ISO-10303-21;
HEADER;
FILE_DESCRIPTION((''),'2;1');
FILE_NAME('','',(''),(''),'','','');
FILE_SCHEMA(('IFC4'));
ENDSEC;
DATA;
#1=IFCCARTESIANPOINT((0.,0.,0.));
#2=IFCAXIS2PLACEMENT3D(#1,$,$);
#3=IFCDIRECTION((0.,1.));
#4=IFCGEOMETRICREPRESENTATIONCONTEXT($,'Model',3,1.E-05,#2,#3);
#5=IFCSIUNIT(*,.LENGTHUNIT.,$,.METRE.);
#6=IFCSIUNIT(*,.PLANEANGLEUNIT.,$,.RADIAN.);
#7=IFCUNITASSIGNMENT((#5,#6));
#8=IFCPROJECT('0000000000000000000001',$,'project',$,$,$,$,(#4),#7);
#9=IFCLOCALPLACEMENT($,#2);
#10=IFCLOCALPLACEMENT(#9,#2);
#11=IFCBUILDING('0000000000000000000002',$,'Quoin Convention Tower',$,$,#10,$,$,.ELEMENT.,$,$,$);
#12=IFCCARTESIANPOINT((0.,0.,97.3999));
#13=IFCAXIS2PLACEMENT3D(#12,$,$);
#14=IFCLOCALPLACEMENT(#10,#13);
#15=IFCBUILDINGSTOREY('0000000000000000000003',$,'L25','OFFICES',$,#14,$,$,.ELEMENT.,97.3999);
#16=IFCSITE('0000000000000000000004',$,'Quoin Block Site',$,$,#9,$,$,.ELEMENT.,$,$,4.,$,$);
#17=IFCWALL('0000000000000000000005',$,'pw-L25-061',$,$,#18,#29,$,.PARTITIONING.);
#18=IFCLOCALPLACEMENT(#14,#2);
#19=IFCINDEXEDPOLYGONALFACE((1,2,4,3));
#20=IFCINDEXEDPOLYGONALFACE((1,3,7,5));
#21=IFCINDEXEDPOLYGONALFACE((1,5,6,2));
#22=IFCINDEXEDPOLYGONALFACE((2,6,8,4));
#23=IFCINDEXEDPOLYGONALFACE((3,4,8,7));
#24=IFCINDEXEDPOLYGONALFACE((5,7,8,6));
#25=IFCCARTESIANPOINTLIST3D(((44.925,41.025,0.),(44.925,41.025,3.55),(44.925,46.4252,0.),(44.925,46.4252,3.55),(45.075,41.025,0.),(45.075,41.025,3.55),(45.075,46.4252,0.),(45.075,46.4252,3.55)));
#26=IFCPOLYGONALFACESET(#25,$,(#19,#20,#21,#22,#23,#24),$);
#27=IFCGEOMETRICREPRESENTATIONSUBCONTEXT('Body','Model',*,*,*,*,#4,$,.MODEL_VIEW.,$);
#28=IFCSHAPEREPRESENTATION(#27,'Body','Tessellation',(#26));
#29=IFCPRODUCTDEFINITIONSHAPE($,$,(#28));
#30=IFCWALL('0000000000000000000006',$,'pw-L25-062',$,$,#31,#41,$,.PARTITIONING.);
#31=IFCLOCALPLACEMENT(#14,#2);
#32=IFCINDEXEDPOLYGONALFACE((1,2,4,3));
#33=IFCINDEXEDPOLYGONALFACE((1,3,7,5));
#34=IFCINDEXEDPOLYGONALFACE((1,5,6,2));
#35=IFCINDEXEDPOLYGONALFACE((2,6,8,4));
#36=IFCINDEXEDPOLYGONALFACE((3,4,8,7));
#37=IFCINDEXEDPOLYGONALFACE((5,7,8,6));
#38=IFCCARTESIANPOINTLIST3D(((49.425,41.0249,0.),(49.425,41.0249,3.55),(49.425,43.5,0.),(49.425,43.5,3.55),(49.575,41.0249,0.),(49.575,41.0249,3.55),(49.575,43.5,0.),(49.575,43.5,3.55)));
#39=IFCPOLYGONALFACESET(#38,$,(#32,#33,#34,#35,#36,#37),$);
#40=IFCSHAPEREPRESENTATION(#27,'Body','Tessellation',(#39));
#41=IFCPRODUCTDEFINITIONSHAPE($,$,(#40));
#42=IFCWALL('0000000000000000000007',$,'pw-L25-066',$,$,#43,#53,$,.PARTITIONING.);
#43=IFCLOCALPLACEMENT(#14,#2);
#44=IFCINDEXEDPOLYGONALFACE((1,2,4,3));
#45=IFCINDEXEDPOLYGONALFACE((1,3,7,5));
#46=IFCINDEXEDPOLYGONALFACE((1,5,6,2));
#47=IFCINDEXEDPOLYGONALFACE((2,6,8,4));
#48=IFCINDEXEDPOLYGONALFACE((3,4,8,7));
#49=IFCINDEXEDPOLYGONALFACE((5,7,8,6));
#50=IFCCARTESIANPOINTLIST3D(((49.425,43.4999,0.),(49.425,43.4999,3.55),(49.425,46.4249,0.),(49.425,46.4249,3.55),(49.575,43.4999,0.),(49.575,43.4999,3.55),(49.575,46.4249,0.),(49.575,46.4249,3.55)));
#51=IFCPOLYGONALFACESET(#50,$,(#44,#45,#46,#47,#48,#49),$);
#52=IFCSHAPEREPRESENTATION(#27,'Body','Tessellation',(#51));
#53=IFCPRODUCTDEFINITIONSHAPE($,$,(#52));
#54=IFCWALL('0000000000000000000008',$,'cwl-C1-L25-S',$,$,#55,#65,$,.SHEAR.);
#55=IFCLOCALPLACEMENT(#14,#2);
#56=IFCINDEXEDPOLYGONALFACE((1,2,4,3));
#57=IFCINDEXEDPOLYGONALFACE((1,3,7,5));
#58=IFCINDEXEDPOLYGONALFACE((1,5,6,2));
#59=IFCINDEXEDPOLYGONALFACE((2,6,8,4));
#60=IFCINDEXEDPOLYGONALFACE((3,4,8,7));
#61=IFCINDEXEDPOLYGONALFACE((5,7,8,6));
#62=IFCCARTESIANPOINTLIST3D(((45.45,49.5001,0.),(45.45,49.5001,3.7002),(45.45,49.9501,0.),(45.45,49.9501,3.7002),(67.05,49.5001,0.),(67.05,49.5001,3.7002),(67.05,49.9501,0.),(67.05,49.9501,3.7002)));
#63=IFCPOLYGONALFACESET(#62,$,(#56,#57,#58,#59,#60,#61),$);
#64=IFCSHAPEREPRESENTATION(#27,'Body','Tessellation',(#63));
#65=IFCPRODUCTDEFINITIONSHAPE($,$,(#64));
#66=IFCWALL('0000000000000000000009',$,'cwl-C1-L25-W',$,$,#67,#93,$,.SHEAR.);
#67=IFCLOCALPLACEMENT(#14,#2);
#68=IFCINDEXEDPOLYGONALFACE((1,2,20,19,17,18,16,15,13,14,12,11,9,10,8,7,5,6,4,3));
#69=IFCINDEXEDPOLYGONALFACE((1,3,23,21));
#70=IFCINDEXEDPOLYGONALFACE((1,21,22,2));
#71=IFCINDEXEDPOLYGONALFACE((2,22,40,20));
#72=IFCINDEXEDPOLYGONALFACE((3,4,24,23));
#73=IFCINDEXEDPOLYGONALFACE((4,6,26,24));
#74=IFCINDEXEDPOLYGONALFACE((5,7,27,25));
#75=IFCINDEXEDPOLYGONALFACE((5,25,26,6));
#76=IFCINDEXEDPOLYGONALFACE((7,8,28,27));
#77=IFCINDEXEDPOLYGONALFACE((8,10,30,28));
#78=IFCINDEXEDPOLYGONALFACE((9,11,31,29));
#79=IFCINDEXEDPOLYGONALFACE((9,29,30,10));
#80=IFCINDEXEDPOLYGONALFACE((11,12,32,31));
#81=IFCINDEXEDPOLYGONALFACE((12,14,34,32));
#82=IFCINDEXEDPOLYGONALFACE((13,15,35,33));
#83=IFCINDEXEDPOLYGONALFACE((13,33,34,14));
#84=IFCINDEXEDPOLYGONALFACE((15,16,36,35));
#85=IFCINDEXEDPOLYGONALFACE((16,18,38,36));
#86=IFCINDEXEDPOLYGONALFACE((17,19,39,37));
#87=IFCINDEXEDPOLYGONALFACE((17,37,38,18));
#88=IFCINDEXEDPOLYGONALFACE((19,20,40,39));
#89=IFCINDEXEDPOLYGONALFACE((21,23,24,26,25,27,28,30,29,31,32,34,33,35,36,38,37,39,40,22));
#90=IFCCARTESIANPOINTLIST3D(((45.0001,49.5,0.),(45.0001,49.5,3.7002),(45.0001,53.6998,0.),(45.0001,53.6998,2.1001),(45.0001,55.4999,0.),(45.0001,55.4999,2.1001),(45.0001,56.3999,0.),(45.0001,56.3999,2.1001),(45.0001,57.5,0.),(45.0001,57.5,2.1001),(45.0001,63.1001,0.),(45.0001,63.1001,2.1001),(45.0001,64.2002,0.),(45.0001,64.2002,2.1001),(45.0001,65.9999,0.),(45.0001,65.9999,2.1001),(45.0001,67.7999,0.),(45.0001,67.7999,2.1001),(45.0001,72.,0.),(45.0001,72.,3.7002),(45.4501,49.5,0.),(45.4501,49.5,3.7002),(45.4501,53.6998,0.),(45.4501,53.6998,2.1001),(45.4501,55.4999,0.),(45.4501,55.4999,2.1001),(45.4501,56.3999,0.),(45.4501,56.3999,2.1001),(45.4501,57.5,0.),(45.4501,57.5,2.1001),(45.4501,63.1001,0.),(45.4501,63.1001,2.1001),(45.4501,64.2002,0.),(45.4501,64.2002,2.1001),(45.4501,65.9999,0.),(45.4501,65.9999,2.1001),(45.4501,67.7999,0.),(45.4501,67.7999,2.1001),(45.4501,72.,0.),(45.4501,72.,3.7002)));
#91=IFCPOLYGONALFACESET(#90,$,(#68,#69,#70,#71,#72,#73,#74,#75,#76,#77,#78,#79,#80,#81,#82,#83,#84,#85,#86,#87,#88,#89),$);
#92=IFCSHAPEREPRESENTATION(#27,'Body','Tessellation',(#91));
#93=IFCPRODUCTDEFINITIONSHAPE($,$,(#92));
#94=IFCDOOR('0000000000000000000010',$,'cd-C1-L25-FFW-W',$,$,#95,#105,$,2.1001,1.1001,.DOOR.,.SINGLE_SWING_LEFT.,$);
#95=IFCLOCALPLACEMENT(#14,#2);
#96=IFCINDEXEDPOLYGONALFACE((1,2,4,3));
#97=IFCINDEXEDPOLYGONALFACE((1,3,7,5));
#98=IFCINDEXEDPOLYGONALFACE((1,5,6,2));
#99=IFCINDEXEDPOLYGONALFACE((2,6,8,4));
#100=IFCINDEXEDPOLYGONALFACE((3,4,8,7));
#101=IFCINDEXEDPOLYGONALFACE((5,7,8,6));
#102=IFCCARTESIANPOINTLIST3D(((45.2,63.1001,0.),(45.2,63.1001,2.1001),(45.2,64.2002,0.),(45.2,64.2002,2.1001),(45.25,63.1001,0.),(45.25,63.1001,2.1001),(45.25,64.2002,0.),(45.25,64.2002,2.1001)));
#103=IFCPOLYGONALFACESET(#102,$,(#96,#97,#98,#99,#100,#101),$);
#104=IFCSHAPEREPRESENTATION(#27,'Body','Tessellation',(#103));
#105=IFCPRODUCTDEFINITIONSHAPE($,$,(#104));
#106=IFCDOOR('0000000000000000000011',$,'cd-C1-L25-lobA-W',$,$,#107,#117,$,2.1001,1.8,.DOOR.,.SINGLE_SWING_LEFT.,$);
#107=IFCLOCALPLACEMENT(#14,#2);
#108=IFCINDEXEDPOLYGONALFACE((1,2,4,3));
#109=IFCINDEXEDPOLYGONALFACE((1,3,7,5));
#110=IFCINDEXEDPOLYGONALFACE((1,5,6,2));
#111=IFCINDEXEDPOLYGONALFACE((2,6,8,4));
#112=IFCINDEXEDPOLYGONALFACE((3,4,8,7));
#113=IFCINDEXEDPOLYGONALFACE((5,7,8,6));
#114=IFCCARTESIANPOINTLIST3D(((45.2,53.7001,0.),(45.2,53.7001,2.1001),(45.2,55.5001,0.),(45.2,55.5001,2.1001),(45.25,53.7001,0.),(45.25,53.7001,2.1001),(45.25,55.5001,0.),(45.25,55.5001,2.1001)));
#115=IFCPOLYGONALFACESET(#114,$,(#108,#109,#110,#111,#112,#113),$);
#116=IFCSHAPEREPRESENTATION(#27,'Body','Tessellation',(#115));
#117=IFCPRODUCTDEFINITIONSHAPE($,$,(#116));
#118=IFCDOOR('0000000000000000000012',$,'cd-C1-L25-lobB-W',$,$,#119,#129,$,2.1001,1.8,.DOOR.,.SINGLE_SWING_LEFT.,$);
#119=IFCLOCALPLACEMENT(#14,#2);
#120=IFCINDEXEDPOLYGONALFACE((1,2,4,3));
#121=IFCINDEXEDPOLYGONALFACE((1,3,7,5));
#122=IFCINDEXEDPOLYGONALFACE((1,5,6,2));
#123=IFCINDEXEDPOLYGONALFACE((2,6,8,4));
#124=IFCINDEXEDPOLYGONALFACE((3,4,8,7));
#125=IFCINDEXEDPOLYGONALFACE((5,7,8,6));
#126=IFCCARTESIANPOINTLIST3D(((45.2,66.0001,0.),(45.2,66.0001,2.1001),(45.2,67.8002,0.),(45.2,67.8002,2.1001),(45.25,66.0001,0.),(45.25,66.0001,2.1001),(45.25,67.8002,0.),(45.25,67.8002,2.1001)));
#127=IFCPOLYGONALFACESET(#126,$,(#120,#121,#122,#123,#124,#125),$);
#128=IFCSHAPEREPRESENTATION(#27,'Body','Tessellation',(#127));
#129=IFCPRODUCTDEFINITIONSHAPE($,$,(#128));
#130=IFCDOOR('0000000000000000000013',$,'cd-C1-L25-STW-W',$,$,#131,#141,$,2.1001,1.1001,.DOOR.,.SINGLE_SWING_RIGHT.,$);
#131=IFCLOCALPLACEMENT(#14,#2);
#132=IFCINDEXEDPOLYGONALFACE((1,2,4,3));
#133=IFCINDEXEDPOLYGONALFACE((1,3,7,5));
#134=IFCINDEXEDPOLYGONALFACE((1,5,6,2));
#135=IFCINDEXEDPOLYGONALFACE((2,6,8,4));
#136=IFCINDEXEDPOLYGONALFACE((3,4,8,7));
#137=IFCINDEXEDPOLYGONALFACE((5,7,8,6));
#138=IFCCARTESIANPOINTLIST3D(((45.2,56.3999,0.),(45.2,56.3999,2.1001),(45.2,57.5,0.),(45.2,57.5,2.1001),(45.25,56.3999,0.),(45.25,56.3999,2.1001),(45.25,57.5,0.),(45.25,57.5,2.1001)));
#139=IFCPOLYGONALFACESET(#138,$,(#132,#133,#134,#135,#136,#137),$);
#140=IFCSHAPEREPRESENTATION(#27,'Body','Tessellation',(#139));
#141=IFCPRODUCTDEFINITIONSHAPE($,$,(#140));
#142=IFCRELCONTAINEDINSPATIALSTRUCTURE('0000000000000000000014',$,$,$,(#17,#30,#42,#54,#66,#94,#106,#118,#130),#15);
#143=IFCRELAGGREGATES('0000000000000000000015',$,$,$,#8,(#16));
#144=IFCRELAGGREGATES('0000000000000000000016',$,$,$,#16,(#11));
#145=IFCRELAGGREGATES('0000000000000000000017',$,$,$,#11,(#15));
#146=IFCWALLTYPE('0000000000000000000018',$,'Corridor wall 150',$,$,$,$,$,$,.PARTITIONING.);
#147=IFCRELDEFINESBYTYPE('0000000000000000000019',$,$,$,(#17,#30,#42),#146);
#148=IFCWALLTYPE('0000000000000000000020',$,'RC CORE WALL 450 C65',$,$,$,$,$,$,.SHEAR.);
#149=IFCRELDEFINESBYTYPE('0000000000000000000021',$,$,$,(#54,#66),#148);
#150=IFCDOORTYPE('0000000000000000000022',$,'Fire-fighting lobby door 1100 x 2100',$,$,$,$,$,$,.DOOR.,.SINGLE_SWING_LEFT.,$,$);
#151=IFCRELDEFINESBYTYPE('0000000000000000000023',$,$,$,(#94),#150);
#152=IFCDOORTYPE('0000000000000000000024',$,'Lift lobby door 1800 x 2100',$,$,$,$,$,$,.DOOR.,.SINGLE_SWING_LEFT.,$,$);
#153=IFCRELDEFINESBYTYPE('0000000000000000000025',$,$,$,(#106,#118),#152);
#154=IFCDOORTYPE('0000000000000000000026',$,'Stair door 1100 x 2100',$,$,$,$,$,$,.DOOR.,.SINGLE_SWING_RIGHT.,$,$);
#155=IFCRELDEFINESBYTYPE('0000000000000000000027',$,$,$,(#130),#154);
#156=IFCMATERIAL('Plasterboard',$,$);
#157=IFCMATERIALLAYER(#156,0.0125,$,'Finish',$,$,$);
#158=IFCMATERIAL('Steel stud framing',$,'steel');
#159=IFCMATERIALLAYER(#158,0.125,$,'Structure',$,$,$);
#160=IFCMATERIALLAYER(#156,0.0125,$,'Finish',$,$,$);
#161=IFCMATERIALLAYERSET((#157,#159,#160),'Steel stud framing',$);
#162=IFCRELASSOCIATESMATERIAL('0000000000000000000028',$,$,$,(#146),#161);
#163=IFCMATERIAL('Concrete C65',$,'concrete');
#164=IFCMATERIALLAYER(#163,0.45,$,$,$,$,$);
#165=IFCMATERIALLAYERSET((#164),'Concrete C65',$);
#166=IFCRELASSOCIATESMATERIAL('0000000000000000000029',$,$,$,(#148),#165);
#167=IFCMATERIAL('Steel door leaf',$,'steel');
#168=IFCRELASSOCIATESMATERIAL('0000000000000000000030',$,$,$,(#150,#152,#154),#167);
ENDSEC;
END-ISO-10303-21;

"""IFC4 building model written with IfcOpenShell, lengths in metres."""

from ifc_helpers import new_model, si_unit, direction, frame, frame_2d, origin, place, context, subcontext, project, spatial, rectangle, extrude, material, layer, layer_set, type_object, element, fill, save


model = new_model("IFC4")

# Units and contexts
model_context = context("Model", 3, precision=1e-05, world=origin(), true_north=direction((0.0, 1.0)))
body_context = subcontext(model_context, "Body", "Model", "MODEL_VIEW")
ifc_project = project(units=[si_unit("LENGTHUNIT", "METRE"), si_unit("PLANEANGLEUNIT", "RADIAN")], contexts=[model_context])

# Site, building, storey
site_placement = place(None, origin())
site = spatial("IfcSite", under=ifc_project, at=site_placement, Name="Quoin Block Site", CompositionType="ELEMENT", RefElevation=4.0)
building_placement = place(site_placement, origin())
building = spatial("IfcBuilding", under=site, at=building_placement, Name="Quoin Convention Tower", CompositionType="ELEMENT")
storey_placement = place(building_placement, frame((0.0, 0.0, 97.3999)))
storey = spatial("IfcBuildingStorey", under=building, at=storey_placement, Name="L25", Description="OFFICES", CompositionType="ELEMENT", Elevation=97.3999)

# Shared definitions
ifc_material_1 = material(Name="Concrete C65", Category="concrete")

# Shared definitions
ifc_material_2 = material(Name="Plasterboard")
ifc_material_3 = material(Name="Steel stud framing", Category="steel")

# Shared definitions
ifc_layer_1 = layer(ifc_material_2, 0.0125, Name="Finish")
ifc_layer_2 = layer(ifc_material_3, 0.125, Name="Structure")
ifc_layer_3 = layer(ifc_material_2, 0.0125, Name="Finish")
ifc_layer_set_1 = layer_set([ifc_layer_1, ifc_layer_2, ifc_layer_3], Name="Steel stud framing")
wall_type_1 = type_object("IfcWallType", Name="Corridor wall 150", PredefinedType="PARTITIONING", material=ifc_layer_set_1)
ifc_material_4 = material(Name="Steel door leaf", Category="steel")

# Walls
wall_1_placement = place(storey_placement, frame((45.0, 41.0249, 0.0), z_axis=(0.0, 0.0, 1.0), x_axis=(0.0, 1.0, 0.0)))
element("IfcWall", 1, at=wall_1_placement, inside=storey, type_object=wall_type_1, Name="pw-L25-061", PredefinedType="PARTITIONING", context=body_context, shape_type="SweptSolid", body=[
    extrude(rectangle(XDim=5.4001, YDim=0.1499, at=frame_2d((2.7002, 0.0))), origin(), (0.0, 0.0, 1.0), 3.55),
])
wall_2_placement = place(storey_placement, frame((49.5, 41.0249, 0.0), z_axis=(0.0, 0.0, 1.0), x_axis=(0.0, 1.0, 0.0)))
element("IfcWall", 2, at=wall_2_placement, inside=storey, type_object=wall_type_1, Name="pw-L25-062", PredefinedType="PARTITIONING", context=body_context, shape_type="SweptSolid", body=[
    extrude(rectangle(XDim=2.4751, YDim=0.1499, at=frame_2d((1.2375, 0.0))), origin(), (0.0, 0.0, 1.0), 3.55),
])
wall_3_placement = place(storey_placement, frame((49.5, 43.5, 0.0), z_axis=(0.0, 0.0, 1.0), x_axis=(0.0, 1.0, 0.0)))
element("IfcWall", 3, at=wall_3_placement, inside=storey, type_object=wall_type_1, Name="pw-L25-066", PredefinedType="PARTITIONING", context=body_context, shape_type="SweptSolid", body=[
    extrude(rectangle(XDim=2.925, YDim=0.1499, at=frame_2d((1.4624, 0.0))), origin(), (0.0, 0.0, 1.0), 3.55),
])
ifc_layer_4 = layer(ifc_material_1, 0.45)
ifc_layer_set_2 = layer_set([ifc_layer_4], Name="Concrete C65")
wall_type_2 = type_object("IfcWallType", Name="RC CORE WALL 450 C65", PredefinedType="SHEAR", material=ifc_layer_set_2)
wall_4_placement = place(storey_placement, frame((45.45, 49.7251, 0.0), z_axis=(0.0, 0.0, 1.0), x_axis=(1.0, 0.0, 0.0)))
element("IfcWall", 4, at=wall_4_placement, inside=storey, type_object=wall_type_2, Name="cwl-C1-L25-S", PredefinedType="SHEAR", context=body_context, shape_type="SweptSolid", body=[
    extrude(rectangle(XDim=21.6001, YDim=0.45, at=frame_2d((10.8, 0.0))), origin(), (0.0, 0.0, 1.0), 3.7002),
])

# Wall, openings, doors
wall_5_placement = place(storey_placement, frame((45.2251, 49.5, 0.0), z_axis=(0.0, 0.0, 1.0), x_axis=(0.0, 1.0, 0.0)))
wall_5 = element("IfcWall", 5, at=wall_5_placement, inside=storey, type_object=wall_type_2, Name="cwl-C1-L25-W", PredefinedType="SHEAR", context=body_context, shape_type="SweptSolid", body=[
    extrude(rectangle(XDim=22.5, YDim=0.45, at=frame_2d((11.25, 0.0))), origin(), (0.0, 0.0, 1.0), 3.7002),
])
opening_1_placement = place(wall_5_placement, frame((4.2, 0.0, 0.0)))
opening_1 = element("IfcOpeningElement", 6, at=opening_1_placement, cuts=wall_5, PredefinedType="OPENING", context=body_context, shape_type="SweptSolid", body=[
    extrude(rectangle(XDim=1.8, YDim=2.1001, at=frame_2d((0.8999, 1.05))), frame((0.0, 0.2349, 0.0), z_axis=(0.0, -1.0, 0.0), x_axis=(1.0, 0.0, 0.0)), (0.0, 0.0, 1.0), 0.47),
])
opening_2_placement = place(wall_5_placement, frame((6.8999, 0.0, 0.0)))
opening_2 = element("IfcOpeningElement", 7, at=opening_2_placement, cuts=wall_5, PredefinedType="OPENING", context=body_context, shape_type="SweptSolid", body=[
    extrude(rectangle(XDim=1.1001, YDim=2.1001, at=frame_2d((0.55, 1.05))), frame((0.0, 0.2349, 0.0), z_axis=(0.0, -1.0, 0.0), x_axis=(1.0, 0.0, 0.0)), (0.0, 0.0, 1.0), 0.47),
])
opening_3_placement = place(wall_5_placement, frame((13.6001, 0.0, 0.0)))
opening_3 = element("IfcOpeningElement", 8, at=opening_3_placement, cuts=wall_5, PredefinedType="OPENING", context=body_context, shape_type="SweptSolid", body=[
    extrude(rectangle(XDim=1.1001, YDim=2.1001, at=frame_2d((0.55, 1.05))), frame((0.0, 0.2349, 0.0), z_axis=(0.0, -1.0, 0.0), x_axis=(1.0, 0.0, 0.0)), (0.0, 0.0, 1.0), 0.47),
])
opening_4_placement = place(wall_5_placement, frame((16.5, 0.0, 0.0)))
opening_4 = element("IfcOpeningElement", 9, at=opening_4_placement, cuts=wall_5, PredefinedType="OPENING", context=body_context, shape_type="SweptSolid", body=[
    extrude(rectangle(XDim=1.8, YDim=2.1001, at=frame_2d((0.8999, 1.05))), frame((0.0, 0.2349, 0.0), z_axis=(0.0, -1.0, 0.0), x_axis=(1.0, 0.0, 0.0)), (0.0, 0.0, 1.0), 0.47),
])
door_type_1 = type_object("IfcDoorType", Name="Fire-fighting lobby door 1100 x 2100", OperationType="SINGLE_SWING_LEFT", PredefinedType="DOOR", material=ifc_material_4)
door_1_placement = place(opening_3_placement, frame((1.1001, 0.0, 0.0), z_axis=(0.0, 0.0, 1.0), x_axis=(-1.0, 0.0, 0.0)))
door_1 = element("IfcDoor", 10, at=door_1_placement, inside=storey, type_object=door_type_1, Name="cd-C1-L25-FFW-W", OperationType="SINGLE_SWING_LEFT", OverallHeight=2.1001, OverallWidth=1.1001, PredefinedType="DOOR", context=body_context, shape_type="SweptSolid", body=[
    extrude(rectangle(XDim=1.1001, YDim=2.1001, at=frame_2d((0.55, 1.05))), frame((0.0, 0.0249, 0.0), z_axis=(0.0, -1.0, 0.0), x_axis=(1.0, 0.0, 0.0)), (0.0, 0.0, 1.0), 0.05),
])
fill(opening_3, door_1)
door_type_2 = type_object("IfcDoorType", Name="Lift lobby door 1800 x 2100", OperationType="SINGLE_SWING_LEFT", PredefinedType="DOOR", material=ifc_material_4)
door_2_placement = place(opening_1_placement, frame((1.8, 0.0, 0.0), z_axis=(0.0, 0.0, 1.0), x_axis=(-1.0, 0.0, 0.0)))
door_2 = element("IfcDoor", 11, at=door_2_placement, inside=storey, type_object=door_type_2, Name="cd-C1-L25-lobA-W", OperationType="SINGLE_SWING_LEFT", OverallHeight=2.1001, OverallWidth=1.8, PredefinedType="DOOR", context=body_context, shape_type="SweptSolid", body=[
    extrude(rectangle(XDim=1.8, YDim=2.1001, at=frame_2d((0.8999, 1.05))), frame((0.0, 0.0249, 0.0), z_axis=(0.0, -1.0, 0.0), x_axis=(1.0, 0.0, 0.0)), (0.0, 0.0, 1.0), 0.05),
])
fill(opening_1, door_2)
door_3_placement = place(opening_4_placement, frame((1.8, 0.0, 0.0), z_axis=(0.0, 0.0, 1.0), x_axis=(-1.0, 0.0, 0.0)))
door_3 = element("IfcDoor", 12, at=door_3_placement, inside=storey, type_object=door_type_2, Name="cd-C1-L25-lobB-W", OperationType="SINGLE_SWING_LEFT", OverallHeight=2.1001, OverallWidth=1.8, PredefinedType="DOOR", context=body_context, shape_type="SweptSolid", body=[
    extrude(rectangle(XDim=1.8, YDim=2.1001, at=frame_2d((0.8999, 1.05))), frame((0.0, 0.0249, 0.0), z_axis=(0.0, -1.0, 0.0), x_axis=(1.0, 0.0, 0.0)), (0.0, 0.0, 1.0), 0.05),
])
fill(opening_4, door_3)
door_type_3 = type_object("IfcDoorType", Name="Stair door 1100 x 2100", OperationType="SINGLE_SWING_RIGHT", PredefinedType="DOOR", material=ifc_material_4)
door_4_placement = place(opening_2_placement, frame((1.1001, 0.0, 0.0), z_axis=(0.0, 0.0, 1.0), x_axis=(-1.0, 0.0, 0.0)))
door_4 = element("IfcDoor", 13, at=door_4_placement, inside=storey, type_object=door_type_3, Name="cd-C1-L25-STW-W", OperationType="SINGLE_SWING_RIGHT", OverallHeight=2.1001, OverallWidth=1.1001, PredefinedType="DOOR", context=body_context, shape_type="SweptSolid", body=[
    extrude(rectangle(XDim=1.1001, YDim=2.1001, at=frame_2d((0.55, 1.05))), frame((0.0, 0.0249, 0.0), z_axis=(0.0, -1.0, 0.0), x_axis=(1.0, 0.0, 0.0)), (0.0, 0.0, 1.0), 0.05),
])
fill(opening_2, door_4)

save(model, "model.ifc")
